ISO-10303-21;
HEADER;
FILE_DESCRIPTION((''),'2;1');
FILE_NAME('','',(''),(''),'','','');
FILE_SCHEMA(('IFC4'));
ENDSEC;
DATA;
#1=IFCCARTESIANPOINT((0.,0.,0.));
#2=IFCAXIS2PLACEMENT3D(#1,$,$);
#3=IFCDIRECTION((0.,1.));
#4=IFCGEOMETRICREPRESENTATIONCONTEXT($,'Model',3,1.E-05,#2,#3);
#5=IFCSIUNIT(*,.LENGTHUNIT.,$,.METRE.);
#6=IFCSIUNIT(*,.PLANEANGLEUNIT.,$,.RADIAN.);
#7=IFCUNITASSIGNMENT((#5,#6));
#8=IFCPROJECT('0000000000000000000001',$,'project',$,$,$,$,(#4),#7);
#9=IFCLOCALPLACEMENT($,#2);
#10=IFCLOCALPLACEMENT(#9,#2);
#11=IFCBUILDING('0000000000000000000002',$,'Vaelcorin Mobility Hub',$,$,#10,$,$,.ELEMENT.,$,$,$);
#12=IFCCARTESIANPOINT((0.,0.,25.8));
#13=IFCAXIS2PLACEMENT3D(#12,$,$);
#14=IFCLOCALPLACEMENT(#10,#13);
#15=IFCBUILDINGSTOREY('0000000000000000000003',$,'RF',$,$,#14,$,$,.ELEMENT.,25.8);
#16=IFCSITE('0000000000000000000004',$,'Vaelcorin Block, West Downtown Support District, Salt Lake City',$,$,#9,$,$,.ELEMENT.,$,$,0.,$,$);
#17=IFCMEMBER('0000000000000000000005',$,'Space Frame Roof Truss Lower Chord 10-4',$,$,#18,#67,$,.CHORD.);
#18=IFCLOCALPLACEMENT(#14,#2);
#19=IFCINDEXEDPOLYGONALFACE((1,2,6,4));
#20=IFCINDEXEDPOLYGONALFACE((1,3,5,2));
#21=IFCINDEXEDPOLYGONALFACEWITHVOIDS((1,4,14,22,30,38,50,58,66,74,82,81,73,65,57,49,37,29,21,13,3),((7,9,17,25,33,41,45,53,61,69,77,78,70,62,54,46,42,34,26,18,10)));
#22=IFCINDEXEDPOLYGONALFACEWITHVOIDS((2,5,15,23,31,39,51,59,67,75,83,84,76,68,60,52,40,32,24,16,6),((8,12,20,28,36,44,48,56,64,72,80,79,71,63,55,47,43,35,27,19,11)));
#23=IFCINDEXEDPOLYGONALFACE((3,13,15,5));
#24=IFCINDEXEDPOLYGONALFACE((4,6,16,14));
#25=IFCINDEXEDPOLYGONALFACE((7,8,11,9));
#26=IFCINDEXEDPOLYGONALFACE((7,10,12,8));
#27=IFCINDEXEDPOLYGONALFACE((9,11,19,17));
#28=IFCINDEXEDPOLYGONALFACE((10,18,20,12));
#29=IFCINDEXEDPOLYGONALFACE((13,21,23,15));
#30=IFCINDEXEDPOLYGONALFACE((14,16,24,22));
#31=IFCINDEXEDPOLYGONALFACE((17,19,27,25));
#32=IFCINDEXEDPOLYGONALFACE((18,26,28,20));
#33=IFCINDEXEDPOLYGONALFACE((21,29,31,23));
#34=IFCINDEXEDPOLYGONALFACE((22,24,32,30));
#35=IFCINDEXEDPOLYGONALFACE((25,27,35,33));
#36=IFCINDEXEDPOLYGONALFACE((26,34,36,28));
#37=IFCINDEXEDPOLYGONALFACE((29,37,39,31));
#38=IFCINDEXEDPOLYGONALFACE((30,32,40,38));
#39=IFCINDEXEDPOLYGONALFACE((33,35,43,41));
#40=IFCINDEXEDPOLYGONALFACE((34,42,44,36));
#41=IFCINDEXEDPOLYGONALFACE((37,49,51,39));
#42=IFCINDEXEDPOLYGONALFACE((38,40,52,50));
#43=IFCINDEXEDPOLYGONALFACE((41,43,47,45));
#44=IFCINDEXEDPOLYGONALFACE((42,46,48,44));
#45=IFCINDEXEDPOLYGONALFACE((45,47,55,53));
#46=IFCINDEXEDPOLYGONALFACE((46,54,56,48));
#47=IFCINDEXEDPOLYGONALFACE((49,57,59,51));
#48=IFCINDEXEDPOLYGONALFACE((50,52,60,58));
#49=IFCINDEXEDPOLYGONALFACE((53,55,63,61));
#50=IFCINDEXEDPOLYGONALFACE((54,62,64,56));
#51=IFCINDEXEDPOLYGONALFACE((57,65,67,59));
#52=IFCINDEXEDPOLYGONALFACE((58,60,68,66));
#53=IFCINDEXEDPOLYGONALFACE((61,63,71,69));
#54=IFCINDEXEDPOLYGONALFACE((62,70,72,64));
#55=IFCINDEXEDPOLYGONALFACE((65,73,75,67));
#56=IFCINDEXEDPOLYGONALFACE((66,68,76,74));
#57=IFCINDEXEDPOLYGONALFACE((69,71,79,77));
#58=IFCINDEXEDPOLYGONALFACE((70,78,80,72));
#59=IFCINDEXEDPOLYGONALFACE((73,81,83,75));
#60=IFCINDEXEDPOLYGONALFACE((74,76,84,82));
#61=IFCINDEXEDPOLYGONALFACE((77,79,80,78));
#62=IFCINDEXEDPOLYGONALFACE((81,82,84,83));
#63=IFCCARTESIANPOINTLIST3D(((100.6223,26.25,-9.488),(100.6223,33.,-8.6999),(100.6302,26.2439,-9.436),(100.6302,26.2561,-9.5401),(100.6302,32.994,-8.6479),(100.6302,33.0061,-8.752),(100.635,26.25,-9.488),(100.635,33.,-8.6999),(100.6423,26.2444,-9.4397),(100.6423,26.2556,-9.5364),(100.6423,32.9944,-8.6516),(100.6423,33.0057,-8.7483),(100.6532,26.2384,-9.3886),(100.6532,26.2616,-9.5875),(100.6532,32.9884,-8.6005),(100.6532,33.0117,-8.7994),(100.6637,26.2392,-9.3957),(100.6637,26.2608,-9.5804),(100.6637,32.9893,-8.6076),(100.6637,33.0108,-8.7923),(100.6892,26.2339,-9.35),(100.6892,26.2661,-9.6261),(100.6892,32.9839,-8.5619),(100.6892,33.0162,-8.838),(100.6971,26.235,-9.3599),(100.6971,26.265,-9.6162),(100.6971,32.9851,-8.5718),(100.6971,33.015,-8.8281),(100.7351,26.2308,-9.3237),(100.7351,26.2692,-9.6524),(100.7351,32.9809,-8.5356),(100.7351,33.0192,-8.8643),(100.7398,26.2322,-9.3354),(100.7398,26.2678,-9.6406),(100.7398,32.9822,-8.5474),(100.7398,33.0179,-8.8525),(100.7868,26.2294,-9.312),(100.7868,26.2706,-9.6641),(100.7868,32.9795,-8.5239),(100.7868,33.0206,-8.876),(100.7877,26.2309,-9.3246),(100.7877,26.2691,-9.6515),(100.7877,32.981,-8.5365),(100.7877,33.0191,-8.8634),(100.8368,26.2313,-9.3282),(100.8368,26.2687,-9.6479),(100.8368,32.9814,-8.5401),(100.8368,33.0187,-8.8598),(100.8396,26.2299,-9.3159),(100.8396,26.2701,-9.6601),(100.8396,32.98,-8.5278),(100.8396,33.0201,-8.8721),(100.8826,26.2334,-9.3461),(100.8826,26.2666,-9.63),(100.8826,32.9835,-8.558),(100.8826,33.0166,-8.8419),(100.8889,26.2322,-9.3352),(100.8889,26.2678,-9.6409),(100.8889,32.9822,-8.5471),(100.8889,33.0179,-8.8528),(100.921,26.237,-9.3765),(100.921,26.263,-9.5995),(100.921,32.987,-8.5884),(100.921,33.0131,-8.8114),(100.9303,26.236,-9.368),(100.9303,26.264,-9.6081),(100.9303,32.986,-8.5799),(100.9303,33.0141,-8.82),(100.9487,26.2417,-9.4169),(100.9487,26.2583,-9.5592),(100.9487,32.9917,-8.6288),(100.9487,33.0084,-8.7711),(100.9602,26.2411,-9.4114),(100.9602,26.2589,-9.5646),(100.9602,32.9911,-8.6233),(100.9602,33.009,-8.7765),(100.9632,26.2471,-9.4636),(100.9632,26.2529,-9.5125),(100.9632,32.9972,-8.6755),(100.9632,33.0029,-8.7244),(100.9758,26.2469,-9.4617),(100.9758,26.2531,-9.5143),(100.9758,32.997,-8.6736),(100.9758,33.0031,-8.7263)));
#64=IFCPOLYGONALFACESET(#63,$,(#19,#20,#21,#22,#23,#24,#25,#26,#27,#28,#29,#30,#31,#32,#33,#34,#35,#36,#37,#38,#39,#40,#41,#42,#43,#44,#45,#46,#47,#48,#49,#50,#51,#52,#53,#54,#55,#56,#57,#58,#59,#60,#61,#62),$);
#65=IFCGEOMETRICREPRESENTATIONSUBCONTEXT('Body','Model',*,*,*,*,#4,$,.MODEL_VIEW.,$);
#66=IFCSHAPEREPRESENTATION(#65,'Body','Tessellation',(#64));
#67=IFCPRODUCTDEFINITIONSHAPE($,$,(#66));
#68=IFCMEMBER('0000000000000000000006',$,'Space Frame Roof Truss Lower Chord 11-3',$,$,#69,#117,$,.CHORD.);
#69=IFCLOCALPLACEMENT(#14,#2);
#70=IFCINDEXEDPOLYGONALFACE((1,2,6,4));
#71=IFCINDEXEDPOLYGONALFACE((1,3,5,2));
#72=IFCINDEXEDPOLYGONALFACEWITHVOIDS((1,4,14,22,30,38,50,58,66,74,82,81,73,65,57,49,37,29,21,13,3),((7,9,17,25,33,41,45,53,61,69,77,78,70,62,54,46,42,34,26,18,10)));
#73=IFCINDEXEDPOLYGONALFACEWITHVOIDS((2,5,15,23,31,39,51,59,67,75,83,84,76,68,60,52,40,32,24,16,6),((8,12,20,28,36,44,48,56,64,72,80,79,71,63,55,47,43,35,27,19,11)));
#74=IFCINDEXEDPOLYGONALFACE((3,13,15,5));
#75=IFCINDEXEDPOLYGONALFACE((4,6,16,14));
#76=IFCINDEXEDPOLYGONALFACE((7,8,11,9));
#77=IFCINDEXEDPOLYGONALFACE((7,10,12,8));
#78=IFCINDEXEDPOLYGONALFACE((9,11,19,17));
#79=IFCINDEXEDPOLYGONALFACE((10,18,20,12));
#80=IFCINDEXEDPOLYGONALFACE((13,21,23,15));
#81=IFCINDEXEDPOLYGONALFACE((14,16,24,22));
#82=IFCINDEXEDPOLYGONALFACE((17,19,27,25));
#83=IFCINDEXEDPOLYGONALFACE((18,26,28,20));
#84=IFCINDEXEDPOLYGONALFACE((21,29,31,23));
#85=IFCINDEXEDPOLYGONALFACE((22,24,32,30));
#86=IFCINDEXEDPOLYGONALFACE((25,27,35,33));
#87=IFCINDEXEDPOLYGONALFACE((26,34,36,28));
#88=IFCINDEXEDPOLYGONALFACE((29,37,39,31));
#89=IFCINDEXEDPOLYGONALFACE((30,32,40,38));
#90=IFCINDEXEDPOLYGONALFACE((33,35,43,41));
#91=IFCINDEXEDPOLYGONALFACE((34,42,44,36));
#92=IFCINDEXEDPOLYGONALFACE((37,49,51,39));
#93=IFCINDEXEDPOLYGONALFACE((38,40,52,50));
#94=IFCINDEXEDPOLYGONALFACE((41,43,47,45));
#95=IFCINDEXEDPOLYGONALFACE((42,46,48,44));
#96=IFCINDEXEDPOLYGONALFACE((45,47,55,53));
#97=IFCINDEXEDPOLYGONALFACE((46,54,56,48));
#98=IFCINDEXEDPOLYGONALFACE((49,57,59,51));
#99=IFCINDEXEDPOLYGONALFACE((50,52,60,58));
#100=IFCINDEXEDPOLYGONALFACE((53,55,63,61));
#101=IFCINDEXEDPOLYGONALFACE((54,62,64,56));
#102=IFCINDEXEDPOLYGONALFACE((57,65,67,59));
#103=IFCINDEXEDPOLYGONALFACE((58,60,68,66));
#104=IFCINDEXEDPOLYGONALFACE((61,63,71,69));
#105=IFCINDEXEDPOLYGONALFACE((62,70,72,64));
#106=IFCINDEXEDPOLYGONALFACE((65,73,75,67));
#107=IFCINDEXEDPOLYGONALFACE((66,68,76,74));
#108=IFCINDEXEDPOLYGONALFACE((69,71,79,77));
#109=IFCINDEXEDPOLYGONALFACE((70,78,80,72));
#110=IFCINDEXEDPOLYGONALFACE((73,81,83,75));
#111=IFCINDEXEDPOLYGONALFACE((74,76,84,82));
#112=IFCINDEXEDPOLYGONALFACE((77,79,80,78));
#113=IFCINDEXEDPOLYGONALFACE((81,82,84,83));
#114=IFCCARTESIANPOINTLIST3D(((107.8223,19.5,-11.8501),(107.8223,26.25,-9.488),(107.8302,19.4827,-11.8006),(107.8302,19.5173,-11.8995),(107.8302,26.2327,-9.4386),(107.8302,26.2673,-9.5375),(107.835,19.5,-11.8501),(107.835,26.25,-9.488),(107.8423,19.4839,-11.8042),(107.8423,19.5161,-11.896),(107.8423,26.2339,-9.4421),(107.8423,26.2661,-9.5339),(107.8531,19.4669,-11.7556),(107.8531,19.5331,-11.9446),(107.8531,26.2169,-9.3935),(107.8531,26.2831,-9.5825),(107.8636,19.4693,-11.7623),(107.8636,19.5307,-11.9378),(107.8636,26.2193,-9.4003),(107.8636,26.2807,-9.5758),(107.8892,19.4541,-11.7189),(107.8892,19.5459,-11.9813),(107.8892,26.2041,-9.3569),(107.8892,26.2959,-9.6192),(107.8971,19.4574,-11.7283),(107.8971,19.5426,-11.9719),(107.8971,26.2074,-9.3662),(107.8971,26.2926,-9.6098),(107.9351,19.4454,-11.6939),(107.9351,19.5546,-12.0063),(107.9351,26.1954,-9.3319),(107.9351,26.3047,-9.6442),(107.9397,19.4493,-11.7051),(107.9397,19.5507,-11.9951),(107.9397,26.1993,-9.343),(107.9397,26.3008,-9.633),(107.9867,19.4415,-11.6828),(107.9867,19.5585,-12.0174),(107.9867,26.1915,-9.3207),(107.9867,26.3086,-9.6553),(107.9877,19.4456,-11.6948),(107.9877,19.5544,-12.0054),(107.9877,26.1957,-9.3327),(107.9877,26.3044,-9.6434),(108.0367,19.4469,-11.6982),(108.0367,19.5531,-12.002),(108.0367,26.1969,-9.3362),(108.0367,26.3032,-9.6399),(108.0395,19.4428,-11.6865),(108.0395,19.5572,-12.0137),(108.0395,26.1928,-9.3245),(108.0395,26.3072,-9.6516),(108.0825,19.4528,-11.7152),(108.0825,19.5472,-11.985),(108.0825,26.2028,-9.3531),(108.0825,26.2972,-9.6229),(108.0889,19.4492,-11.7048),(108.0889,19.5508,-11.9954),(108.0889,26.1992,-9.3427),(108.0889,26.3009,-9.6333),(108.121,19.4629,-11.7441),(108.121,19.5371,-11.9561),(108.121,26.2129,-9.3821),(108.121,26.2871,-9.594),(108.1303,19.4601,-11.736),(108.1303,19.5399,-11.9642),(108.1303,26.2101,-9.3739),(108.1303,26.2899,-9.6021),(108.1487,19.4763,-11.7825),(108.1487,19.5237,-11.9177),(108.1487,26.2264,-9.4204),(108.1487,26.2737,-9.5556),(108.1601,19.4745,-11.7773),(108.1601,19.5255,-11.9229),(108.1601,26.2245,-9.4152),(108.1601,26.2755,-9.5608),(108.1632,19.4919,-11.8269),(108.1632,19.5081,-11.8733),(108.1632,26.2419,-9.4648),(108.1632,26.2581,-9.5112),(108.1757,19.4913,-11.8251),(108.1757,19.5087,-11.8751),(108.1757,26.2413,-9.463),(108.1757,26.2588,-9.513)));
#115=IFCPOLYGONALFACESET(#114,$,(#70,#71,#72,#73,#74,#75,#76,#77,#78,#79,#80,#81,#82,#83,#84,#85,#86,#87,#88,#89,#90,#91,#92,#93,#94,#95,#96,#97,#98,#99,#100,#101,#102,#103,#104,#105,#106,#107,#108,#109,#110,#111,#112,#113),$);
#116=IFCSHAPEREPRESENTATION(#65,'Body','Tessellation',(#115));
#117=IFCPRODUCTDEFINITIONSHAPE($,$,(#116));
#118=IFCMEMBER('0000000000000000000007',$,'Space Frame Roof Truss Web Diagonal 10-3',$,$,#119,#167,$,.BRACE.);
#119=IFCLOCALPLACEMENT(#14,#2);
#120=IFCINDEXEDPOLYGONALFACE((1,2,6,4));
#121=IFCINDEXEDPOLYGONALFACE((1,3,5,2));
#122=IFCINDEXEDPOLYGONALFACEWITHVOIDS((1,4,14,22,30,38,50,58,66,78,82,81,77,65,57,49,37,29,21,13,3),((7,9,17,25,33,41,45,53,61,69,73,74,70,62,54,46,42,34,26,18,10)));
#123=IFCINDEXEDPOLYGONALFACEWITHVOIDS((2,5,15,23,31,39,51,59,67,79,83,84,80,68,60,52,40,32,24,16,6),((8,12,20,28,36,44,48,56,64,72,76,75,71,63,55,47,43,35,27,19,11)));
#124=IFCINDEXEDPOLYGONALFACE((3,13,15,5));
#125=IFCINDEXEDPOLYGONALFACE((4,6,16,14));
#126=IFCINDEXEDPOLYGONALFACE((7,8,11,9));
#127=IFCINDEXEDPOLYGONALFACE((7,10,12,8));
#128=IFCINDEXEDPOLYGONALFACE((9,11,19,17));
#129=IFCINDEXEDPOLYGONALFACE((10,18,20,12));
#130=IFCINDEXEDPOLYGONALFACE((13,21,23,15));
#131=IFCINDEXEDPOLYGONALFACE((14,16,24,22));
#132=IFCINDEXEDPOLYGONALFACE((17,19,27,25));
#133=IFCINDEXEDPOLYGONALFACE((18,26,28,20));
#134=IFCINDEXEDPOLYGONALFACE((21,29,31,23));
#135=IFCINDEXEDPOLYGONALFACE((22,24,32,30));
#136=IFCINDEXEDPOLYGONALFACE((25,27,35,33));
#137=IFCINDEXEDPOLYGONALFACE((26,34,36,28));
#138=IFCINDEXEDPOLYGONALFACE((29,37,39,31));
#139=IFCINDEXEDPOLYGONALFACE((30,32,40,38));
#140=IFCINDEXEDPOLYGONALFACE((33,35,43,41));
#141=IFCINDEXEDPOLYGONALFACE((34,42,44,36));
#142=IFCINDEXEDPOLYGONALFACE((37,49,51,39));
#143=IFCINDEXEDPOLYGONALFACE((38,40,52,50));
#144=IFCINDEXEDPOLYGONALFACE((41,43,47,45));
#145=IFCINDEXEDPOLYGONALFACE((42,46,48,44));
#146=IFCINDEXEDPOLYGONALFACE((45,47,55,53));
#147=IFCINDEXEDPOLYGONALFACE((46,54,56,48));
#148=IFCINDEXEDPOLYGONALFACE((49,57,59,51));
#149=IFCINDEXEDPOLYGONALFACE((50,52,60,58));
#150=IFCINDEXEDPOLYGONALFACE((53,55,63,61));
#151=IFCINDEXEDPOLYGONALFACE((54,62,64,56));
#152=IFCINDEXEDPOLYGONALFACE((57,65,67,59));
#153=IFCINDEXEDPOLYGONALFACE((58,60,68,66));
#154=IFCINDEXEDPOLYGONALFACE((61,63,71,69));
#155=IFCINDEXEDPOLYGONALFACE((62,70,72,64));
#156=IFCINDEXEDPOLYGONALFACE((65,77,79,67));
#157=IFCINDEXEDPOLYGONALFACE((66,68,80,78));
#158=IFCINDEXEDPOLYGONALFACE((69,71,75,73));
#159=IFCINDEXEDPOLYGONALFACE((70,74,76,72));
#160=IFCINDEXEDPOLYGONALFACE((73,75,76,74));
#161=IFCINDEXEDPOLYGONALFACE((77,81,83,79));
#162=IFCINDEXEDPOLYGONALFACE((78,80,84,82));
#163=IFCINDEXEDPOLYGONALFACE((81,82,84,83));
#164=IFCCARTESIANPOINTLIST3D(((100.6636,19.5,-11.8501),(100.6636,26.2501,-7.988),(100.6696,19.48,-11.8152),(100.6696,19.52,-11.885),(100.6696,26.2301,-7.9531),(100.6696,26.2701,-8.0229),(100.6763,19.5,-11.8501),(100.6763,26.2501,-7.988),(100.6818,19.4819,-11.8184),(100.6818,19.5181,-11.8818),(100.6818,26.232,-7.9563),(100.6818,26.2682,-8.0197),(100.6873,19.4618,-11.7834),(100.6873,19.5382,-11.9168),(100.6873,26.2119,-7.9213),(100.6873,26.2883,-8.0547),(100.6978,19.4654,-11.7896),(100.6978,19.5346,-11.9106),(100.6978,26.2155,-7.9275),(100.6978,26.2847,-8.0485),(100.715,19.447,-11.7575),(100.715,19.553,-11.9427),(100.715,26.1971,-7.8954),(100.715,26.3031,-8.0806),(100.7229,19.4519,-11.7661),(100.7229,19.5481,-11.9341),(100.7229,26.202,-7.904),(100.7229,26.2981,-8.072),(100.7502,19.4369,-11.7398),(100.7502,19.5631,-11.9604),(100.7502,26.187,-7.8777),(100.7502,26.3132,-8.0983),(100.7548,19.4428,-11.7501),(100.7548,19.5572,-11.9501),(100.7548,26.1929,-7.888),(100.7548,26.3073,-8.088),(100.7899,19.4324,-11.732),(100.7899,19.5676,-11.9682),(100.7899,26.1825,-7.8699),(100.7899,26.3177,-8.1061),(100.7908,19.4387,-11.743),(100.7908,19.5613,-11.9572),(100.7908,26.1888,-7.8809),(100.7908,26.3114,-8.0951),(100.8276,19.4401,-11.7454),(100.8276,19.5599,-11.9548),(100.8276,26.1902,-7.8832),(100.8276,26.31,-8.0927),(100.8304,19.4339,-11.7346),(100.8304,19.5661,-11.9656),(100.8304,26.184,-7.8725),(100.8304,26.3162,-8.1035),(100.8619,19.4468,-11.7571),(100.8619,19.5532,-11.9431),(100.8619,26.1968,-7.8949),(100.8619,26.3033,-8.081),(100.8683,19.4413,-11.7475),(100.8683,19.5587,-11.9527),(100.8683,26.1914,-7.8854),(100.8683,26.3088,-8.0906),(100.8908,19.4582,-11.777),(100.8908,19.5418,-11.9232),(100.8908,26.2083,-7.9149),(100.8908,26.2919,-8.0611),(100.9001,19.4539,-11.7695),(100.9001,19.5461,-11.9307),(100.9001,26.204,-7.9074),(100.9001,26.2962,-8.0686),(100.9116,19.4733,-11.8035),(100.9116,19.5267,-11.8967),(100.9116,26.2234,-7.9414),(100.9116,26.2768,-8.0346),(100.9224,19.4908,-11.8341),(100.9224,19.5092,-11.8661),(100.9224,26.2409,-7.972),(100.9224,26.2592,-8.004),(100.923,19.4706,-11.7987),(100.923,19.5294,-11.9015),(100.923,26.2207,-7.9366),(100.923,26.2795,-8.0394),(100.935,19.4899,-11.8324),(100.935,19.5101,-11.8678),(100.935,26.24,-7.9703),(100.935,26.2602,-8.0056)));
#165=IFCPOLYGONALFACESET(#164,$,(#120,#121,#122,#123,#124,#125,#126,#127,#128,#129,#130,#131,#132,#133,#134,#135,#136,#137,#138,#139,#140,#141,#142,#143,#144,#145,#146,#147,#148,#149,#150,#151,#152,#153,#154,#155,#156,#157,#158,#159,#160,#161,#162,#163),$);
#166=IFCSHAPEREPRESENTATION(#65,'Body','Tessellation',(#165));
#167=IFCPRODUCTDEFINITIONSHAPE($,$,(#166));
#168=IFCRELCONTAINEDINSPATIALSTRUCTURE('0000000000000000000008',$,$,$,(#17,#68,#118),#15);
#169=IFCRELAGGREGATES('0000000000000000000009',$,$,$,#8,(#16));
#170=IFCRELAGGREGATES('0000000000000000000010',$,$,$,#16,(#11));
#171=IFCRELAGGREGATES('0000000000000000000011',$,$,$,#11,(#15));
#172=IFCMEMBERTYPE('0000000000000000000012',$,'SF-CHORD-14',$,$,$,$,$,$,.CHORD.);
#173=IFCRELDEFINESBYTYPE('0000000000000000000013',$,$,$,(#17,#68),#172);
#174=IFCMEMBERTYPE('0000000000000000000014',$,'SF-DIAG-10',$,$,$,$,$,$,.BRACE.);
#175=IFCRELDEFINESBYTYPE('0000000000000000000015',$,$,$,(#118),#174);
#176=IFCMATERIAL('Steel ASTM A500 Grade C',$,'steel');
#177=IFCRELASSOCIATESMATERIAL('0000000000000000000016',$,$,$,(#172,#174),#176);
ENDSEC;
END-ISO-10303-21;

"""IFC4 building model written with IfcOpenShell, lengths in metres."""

from ifc_helpers import new_model, si_unit, direction, frame, origin, origin_2d, place, context, subcontext, project, spatial, hollow_circle, extrude, material, material_profile, profile_set, type_object, element, save


model = new_model("IFC4")

# Units and contexts
model_context = context("Model", 3, precision=1e-05, world=origin(), true_north=direction((0.0, 1.0)))
body_context = subcontext(model_context, "Body", "Model", "MODEL_VIEW")
ifc_project = project(units=[si_unit("LENGTHUNIT", "METRE"), si_unit("PLANEANGLEUNIT", "RADIAN")], contexts=[model_context])

# Site, building, storey
site_placement = place(None, origin())
site = spatial("IfcSite", under=ifc_project, at=site_placement, Name="Vaelcorin Block, West Downtown Support District, Salt Lake City", CompositionType="ELEMENT", RefElevation=0.0)
building_placement = place(site_placement, origin())
building = spatial("IfcBuilding", under=site, at=building_placement, Name="Vaelcorin Mobility Hub", CompositionType="ELEMENT")
storey_placement = place(building_placement, frame((0.0, 0.0, 25.8)))
storey = spatial("IfcBuildingStorey", under=building, at=storey_placement, Name="RF", CompositionType="ELEMENT", Elevation=25.8)

# Members
ifc_material_1 = material(Name="Steel ASTM A500 Grade C", Category="steel")
ifc_material_profile_1 = material_profile(ifc_material_1, hollow_circle(Radius=0.1777, WallThickness=0.0127, at=origin_2d()), Name="HSS14.000X0.500")
ifc_profile_set_1 = profile_set([ifc_material_profile_1], Name="Steel ASTM A500 Grade C")
member_type_1 = type_object("IfcMemberType", Name="SF-CHORD-14", PredefinedType="CHORD", material=ifc_profile_set_1)
member_1_placement = place(storey_placement, frame((100.8, 26.25, -9.488), z_axis=(0.0, 0.993253, 0.115966), x_axis=(-1.0, 0.0, 0.0)))
element("IfcMember", 1, at=member_1_placement, inside=storey, type_object=member_type_1, Name="Space Frame Roof Truss Lower Chord 10-4", PredefinedType="CHORD", context=body_context, shape_type="SweptSolid", body=[
    extrude(hollow_circle(Radius=0.1777, WallThickness=0.0127, at=origin_2d()), origin(), (0.0, 0.0, 1.0), 6.7959),
])
member_2_placement = place(storey_placement, frame((108.0, 19.5, -11.8501), z_axis=(0.0, 0.943878, 0.330296), x_axis=(-1.0, 0.0, 0.0)))
element("IfcMember", 2, at=member_2_placement, inside=storey, type_object=member_type_1, Name="Space Frame Roof Truss Lower Chord 11-3", PredefinedType="CHORD", context=body_context, shape_type="SweptSolid", body=[
    extrude(hollow_circle(Radius=0.1777, WallThickness=0.0127, at=origin_2d()), origin(), (0.0, 0.0, 1.0), 7.1514),
])
ifc_material_profile_2 = material_profile(ifc_material_1, hollow_circle(Radius=0.1365, WallThickness=0.0127, at=origin_2d()), Name="HSS10.750X0.500")
ifc_profile_set_2 = profile_set([ifc_material_profile_2], Name="Steel ASTM A500 Grade C")
member_type_2 = type_object("IfcMemberType", Name="SF-DIAG-10", PredefinedType="BRACE", material=ifc_profile_set_2)
member_3_placement = place(storey_placement, frame((100.8, 19.5, -11.8501), z_axis=(0.0, 0.867971, 0.496616), x_axis=(-1.0, 0.0, 0.0)))
element("IfcMember", 3, at=member_3_placement, inside=storey, type_object=member_type_2, Name="Space Frame Roof Truss Web Diagonal 10-3", PredefinedType="BRACE", context=body_context, shape_type="SweptSolid", body=[
    extrude(hollow_circle(Radius=0.1365, WallThickness=0.0127, at=origin_2d()), origin(), (0.0, 0.0, 1.0), 7.7769),
])

save(model, "model.ifc")
